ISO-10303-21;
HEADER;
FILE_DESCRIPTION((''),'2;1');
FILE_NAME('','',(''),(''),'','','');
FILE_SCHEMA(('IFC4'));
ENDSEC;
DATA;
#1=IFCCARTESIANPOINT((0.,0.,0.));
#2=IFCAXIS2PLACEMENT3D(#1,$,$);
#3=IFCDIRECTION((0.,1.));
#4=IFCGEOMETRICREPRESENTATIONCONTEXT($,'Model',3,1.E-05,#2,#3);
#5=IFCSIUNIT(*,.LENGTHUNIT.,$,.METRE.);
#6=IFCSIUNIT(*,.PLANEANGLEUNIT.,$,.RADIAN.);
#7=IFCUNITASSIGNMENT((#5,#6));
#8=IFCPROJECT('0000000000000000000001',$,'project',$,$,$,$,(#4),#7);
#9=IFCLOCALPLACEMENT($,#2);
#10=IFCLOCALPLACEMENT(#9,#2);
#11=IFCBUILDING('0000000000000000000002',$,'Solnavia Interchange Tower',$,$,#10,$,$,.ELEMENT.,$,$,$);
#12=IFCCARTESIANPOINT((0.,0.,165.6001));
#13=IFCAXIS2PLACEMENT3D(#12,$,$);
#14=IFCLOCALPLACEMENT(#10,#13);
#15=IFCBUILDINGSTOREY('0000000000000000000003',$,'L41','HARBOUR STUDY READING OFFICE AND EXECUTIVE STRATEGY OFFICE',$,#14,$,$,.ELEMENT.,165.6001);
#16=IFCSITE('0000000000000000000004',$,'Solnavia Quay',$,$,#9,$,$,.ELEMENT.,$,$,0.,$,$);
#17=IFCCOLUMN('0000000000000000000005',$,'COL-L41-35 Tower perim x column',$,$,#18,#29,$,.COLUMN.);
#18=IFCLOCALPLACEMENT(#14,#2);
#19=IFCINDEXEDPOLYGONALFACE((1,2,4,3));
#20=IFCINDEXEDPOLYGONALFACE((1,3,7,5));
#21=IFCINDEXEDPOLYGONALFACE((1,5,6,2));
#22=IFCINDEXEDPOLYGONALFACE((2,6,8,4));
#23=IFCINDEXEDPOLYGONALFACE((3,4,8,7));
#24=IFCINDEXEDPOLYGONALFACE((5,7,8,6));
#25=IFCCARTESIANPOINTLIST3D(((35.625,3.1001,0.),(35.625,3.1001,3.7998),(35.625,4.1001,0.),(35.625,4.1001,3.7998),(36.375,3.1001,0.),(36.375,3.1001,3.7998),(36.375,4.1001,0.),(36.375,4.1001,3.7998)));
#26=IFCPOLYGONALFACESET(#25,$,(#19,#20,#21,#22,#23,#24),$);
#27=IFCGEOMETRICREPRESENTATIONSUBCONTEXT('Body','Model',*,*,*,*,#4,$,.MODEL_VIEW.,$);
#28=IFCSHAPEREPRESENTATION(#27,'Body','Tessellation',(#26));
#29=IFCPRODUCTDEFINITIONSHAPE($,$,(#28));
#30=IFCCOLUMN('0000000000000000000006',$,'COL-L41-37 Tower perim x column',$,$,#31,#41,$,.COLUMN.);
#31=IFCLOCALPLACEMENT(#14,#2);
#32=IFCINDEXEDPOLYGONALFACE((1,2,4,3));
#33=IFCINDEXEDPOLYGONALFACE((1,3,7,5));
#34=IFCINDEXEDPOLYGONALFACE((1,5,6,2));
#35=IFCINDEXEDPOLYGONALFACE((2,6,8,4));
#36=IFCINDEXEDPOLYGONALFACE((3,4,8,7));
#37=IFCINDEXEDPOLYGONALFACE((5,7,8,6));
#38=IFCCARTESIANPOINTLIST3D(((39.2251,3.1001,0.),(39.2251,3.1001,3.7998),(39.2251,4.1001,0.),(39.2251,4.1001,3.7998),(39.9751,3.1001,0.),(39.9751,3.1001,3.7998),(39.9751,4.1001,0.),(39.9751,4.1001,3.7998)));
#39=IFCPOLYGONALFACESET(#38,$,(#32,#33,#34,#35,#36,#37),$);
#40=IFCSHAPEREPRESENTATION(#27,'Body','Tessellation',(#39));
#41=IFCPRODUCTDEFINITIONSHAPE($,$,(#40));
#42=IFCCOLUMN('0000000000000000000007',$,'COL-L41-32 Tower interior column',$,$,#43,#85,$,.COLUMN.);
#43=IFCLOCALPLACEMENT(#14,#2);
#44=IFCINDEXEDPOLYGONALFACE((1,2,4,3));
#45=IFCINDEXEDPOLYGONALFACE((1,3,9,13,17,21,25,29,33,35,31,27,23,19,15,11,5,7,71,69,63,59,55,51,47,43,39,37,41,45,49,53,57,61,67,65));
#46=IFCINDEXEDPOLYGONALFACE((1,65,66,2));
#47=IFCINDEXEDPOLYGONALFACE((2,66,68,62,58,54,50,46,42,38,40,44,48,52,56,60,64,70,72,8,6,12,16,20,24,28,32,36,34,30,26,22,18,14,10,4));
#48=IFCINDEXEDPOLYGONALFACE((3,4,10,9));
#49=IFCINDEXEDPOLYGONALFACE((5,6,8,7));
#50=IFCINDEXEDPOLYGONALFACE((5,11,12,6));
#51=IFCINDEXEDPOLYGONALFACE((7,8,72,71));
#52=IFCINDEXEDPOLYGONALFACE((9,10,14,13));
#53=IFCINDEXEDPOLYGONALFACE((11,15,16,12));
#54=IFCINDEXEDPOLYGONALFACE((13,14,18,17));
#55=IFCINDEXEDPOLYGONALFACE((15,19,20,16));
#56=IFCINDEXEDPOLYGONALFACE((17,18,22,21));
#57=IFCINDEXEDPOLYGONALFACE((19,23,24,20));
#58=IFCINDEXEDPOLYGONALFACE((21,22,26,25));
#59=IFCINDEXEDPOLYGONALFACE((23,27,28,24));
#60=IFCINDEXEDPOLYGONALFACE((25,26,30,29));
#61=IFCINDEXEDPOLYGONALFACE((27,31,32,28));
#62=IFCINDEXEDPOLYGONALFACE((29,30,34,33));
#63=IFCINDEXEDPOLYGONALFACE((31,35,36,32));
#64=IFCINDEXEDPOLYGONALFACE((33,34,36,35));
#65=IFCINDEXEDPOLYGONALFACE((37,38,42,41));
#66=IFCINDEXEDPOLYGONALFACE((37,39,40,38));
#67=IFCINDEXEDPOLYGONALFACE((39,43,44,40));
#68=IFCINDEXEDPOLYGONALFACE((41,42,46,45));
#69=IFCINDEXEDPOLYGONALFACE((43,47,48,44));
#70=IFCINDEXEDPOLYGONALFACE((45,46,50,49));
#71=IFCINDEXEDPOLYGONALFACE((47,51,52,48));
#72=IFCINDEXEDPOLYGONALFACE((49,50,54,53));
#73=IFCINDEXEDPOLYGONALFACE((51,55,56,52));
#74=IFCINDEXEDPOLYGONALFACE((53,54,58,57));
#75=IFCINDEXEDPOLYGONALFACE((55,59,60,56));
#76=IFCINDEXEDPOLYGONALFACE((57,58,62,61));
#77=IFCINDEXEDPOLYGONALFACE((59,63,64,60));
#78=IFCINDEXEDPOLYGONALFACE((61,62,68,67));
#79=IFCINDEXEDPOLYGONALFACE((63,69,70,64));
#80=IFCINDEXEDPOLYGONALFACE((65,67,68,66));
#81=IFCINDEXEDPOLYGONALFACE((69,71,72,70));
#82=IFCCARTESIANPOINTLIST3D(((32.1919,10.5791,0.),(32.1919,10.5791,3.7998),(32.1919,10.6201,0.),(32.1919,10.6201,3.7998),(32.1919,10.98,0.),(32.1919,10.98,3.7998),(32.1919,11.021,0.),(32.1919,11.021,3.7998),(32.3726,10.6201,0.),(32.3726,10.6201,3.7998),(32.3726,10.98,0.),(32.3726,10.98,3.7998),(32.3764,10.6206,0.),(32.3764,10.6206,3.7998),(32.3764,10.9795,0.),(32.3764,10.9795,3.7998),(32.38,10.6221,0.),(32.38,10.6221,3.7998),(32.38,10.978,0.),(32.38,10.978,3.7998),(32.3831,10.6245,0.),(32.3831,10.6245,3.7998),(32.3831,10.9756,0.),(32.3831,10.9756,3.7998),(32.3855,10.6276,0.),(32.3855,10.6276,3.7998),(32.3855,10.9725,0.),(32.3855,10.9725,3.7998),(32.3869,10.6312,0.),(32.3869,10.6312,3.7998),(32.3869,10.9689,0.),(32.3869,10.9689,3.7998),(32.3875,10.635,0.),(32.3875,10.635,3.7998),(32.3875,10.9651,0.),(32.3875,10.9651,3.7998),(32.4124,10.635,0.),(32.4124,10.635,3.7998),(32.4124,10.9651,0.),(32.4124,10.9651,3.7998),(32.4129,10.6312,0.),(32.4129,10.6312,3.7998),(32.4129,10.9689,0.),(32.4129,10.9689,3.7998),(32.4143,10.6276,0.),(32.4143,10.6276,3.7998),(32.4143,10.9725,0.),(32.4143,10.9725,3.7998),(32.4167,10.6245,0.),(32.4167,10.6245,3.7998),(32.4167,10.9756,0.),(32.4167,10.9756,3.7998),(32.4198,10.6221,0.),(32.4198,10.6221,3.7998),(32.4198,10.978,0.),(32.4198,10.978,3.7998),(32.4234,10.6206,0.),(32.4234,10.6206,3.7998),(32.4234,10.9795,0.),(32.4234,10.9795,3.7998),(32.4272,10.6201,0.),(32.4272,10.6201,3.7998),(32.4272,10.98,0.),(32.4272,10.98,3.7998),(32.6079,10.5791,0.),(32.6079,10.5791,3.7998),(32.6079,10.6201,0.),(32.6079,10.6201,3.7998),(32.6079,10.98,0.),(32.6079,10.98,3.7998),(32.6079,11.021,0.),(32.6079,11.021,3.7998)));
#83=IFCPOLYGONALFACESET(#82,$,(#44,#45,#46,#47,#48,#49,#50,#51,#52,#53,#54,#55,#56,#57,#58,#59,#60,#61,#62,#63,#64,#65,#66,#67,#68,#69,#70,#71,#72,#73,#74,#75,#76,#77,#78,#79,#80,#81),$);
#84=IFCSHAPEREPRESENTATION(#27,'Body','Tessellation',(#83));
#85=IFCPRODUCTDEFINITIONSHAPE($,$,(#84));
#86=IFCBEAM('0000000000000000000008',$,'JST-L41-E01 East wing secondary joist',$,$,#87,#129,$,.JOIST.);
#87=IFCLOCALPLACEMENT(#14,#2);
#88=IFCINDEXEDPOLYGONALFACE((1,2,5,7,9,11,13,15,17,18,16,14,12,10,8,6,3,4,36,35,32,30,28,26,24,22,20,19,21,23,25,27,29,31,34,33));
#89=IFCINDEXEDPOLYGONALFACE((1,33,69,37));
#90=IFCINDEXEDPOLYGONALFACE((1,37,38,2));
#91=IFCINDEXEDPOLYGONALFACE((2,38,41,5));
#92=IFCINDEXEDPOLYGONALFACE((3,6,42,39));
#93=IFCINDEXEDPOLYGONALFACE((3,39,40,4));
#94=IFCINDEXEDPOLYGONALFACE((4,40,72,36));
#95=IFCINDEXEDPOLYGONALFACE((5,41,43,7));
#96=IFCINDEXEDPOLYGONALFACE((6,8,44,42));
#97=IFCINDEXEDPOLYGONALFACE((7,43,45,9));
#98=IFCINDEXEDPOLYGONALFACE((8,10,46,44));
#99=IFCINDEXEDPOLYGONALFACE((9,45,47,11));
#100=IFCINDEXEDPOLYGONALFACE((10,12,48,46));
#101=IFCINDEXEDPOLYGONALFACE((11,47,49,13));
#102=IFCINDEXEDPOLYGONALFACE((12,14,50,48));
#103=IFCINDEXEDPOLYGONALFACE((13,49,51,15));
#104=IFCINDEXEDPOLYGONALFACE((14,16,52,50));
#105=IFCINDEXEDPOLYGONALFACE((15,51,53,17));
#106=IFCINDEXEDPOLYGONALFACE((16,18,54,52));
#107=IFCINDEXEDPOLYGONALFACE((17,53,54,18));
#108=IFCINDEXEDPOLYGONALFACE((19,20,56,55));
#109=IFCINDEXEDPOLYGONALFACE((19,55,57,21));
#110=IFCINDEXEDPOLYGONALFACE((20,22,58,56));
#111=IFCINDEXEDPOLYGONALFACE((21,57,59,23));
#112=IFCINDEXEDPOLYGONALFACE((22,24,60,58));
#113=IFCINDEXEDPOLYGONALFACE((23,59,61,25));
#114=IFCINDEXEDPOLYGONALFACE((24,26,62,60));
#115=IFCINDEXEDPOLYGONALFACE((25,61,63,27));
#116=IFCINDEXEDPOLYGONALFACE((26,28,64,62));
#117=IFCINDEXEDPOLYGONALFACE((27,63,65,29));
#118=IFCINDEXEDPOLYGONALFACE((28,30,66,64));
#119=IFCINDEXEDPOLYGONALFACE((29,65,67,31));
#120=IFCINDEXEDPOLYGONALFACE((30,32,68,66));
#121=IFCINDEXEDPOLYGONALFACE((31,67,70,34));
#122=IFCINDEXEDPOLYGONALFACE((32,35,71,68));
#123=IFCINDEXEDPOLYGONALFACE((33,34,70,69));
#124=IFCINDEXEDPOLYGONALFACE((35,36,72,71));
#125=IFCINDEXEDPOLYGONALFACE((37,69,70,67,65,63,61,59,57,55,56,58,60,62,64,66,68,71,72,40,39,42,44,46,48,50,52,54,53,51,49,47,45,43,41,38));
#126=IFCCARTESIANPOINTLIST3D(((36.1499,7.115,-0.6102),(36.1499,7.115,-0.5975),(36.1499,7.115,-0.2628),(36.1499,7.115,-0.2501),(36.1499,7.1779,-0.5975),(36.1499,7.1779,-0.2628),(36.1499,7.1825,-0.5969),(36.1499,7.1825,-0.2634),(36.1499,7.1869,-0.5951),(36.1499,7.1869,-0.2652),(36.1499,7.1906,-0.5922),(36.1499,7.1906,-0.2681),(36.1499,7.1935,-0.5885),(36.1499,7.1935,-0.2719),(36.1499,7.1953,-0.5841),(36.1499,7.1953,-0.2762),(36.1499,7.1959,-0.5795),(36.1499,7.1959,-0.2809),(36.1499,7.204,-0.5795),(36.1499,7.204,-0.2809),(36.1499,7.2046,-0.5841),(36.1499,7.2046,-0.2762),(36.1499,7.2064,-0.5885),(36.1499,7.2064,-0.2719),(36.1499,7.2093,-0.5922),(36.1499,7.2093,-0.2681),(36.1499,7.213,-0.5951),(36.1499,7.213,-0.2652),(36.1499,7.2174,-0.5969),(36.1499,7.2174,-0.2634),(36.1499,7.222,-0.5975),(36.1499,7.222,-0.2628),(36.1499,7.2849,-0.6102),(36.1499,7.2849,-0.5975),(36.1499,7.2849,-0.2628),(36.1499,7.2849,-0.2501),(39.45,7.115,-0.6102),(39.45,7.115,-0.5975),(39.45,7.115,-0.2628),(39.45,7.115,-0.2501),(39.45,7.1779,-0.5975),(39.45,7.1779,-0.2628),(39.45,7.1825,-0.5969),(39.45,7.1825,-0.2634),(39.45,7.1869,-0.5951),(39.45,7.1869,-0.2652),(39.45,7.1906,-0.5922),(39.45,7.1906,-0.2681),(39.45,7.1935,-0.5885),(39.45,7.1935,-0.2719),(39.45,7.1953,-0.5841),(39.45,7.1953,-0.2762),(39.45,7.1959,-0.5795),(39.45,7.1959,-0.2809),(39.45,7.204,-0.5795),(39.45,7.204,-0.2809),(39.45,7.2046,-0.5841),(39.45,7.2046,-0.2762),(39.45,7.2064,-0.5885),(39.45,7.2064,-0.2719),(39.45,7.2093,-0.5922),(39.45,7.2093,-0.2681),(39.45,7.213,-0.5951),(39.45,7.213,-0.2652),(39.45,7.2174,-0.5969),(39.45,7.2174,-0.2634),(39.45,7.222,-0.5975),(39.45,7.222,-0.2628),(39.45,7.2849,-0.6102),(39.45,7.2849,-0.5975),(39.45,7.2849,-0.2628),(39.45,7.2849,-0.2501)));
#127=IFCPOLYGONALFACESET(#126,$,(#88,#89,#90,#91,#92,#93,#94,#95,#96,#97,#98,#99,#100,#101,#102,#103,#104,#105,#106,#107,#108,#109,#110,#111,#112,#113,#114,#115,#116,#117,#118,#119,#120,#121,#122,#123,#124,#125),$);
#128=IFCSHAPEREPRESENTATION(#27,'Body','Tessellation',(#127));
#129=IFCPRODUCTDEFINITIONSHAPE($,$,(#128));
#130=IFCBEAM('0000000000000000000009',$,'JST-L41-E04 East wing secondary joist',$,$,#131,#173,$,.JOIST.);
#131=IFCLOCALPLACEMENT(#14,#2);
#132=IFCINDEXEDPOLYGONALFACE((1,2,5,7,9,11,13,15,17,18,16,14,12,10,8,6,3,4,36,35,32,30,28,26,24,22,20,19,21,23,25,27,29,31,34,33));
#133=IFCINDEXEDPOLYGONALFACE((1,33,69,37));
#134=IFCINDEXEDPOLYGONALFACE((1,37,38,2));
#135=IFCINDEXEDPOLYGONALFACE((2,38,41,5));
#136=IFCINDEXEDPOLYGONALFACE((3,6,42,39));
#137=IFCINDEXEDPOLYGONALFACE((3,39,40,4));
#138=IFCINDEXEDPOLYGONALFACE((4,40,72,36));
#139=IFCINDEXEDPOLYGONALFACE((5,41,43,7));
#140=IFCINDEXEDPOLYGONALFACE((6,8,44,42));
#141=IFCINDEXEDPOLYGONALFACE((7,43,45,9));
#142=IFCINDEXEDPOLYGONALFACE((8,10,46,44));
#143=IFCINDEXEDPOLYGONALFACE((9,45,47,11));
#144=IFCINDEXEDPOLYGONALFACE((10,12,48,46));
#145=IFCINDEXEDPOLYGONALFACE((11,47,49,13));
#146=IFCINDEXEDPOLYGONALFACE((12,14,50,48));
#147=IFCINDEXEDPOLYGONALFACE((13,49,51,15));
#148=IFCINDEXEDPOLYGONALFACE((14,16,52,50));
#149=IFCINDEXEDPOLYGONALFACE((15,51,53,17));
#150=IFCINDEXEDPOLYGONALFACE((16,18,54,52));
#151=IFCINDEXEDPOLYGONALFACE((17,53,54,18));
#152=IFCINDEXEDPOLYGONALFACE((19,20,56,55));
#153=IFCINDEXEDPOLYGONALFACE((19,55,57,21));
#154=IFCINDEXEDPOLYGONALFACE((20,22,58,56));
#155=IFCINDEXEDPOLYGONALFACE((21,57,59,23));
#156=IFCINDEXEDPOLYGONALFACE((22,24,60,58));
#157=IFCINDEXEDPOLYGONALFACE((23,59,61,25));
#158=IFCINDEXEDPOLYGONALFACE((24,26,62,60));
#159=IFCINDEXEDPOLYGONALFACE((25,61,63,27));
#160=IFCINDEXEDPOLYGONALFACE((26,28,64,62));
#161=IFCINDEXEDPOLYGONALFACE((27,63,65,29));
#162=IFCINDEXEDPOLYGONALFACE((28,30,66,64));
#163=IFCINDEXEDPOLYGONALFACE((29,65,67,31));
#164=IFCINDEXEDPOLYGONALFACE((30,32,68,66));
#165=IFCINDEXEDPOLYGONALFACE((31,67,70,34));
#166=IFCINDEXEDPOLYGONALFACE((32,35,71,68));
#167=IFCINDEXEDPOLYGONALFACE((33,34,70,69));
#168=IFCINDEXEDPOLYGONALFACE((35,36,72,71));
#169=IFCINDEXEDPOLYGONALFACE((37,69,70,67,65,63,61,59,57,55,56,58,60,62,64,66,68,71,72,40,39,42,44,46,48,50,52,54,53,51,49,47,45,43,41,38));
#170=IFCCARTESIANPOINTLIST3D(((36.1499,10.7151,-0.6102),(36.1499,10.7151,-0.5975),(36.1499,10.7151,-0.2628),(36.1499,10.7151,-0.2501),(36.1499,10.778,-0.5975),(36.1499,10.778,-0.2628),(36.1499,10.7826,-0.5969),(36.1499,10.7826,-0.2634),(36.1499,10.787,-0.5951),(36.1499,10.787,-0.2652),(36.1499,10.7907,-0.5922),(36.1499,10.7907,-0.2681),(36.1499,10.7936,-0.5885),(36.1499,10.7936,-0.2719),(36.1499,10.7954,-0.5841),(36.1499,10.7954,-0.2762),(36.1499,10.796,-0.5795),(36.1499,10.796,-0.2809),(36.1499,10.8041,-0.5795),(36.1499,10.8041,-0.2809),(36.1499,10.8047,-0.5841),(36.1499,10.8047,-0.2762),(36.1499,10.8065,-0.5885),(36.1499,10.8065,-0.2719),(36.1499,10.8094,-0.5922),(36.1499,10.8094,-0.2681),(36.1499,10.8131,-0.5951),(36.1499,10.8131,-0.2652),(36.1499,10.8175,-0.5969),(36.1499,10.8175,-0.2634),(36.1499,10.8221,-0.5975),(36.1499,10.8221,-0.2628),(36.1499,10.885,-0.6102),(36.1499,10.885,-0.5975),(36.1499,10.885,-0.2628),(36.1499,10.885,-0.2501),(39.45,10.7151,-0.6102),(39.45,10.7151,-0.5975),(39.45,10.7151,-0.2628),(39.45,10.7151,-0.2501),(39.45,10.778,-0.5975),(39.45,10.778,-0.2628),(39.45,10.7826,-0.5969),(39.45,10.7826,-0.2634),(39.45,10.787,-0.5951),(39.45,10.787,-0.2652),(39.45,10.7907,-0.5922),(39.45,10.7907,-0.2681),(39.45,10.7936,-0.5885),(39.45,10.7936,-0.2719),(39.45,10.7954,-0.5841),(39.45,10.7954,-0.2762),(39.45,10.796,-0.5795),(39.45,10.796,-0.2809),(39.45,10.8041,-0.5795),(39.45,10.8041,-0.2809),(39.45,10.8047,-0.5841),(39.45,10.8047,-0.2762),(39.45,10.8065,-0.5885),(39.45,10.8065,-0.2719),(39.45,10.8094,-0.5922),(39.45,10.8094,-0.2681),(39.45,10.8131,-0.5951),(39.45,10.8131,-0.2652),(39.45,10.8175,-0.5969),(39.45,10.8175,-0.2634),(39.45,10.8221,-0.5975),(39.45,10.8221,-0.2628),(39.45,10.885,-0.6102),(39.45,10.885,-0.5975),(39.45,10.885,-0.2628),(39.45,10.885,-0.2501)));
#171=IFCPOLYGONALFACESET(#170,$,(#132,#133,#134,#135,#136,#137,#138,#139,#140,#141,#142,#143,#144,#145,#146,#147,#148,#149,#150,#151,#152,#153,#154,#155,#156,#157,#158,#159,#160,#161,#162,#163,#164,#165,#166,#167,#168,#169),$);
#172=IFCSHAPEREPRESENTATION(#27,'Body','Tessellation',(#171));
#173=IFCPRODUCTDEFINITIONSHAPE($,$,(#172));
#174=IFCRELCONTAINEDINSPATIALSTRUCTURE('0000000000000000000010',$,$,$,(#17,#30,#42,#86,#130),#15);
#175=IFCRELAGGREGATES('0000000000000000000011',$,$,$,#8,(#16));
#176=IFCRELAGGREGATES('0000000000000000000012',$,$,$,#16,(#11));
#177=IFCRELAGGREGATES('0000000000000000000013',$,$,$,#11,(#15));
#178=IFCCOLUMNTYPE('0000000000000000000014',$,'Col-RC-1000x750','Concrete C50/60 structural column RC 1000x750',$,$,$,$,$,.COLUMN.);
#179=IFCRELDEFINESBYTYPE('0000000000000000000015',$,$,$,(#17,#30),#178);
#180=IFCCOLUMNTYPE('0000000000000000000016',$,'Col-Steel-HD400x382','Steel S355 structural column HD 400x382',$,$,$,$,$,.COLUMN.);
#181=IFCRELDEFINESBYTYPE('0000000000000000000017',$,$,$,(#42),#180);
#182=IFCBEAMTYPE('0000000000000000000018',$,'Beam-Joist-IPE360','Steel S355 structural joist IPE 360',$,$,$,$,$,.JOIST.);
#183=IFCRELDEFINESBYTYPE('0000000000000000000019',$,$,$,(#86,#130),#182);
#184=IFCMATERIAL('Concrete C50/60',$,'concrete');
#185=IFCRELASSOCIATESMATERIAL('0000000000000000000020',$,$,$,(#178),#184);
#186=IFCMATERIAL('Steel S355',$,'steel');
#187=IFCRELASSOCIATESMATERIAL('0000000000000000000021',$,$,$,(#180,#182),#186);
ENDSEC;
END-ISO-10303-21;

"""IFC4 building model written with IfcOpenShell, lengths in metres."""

from ifc_helpers import new_model, si_unit, direction, frame, origin, origin_2d, place, context, subcontext, project, spatial, rectangle, i_section, extrude, material, material_profile, profile_set, type_object, element, save


model = new_model("IFC4")

# Units and contexts
model_context = context("Model", 3, precision=1e-05, world=origin(), true_north=direction((0.0, 1.0)))
body_context = subcontext(model_context, "Body", "Model", "MODEL_VIEW")
ifc_project = project(units=[si_unit("LENGTHUNIT", "METRE"), si_unit("PLANEANGLEUNIT", "RADIAN")], contexts=[model_context])

# Site, building, storey
site_placement = place(None, origin())
site = spatial("IfcSite", under=ifc_project, at=site_placement, Name="Solnavia Quay", CompositionType="ELEMENT", RefElevation=0.0)
building_placement = place(site_placement, origin())
building = spatial("IfcBuilding", under=site, at=building_placement, Name="Solnavia Interchange Tower", CompositionType="ELEMENT")
storey_placement = place(building_placement, frame((0.0, 0.0, 165.6001)))
storey = spatial("IfcBuildingStorey", under=building, at=storey_placement, Name="L41", Description="HARBOUR STUDY READING OFFICE AND EXECUTIVE STRATEGY OFFICE", CompositionType="ELEMENT", Elevation=165.6001)

# Columns
ifc_material_1 = material(Name="Concrete C50/60", Category="concrete")
ifc_material_profile_1 = material_profile(ifc_material_1, rectangle(XDim=0.75, YDim=1.0, at=origin_2d()), Name="RC 1000x750")
ifc_profile_set_1 = profile_set([ifc_material_profile_1], Name="Concrete C50/60")
column_type_1 = type_object("IfcColumnType", Name="Col-RC-1000x750", Description="Concrete C50/60 structural column RC 1000x750", PredefinedType="COLUMN", material=ifc_profile_set_1)
for number, where, z_axis, x_axis, name in (
    (1, (36.0, 3.6001, 0.0), (0.0, 0.0, 1.0), (1.0, 0.0, 0.0), "COL-L41-35 Tower perim x column"),
    (2, (39.6001, 3.6001, 0.0), (0.0, 0.0, 1.0), (1.0, 0.0, 0.0), "COL-L41-37 Tower perim x column"),
):
    element("IfcColumn", number, at=place(storey_placement, frame(where, z_axis=z_axis, x_axis=x_axis)), inside=storey, type_object=column_type_1, Name=name, PredefinedType="COLUMN", context=body_context, shape_type="SweptSolid", body=[
        extrude(rectangle(XDim=0.75, YDim=1.0, at=origin_2d()), origin(), (0.0, 0.0, 1.0), 3.7998),
    ])
ifc_material_2 = material(Name="Steel S355", Category="steel")
ifc_material_profile_2 = material_profile(ifc_material_2, i_section(OverallWidth=0.416, OverallDepth=0.4419, WebThickness=0.0249, FlangeThickness=0.041, FilletRadius=0.0149, at=origin_2d()), Name="HD 400x382")
ifc_profile_set_2 = profile_set([ifc_material_profile_2], Name="Steel S355")
column_type_2 = type_object("IfcColumnType", Name="Col-Steel-HD400x382", Description="Steel S355 structural column HD 400x382", PredefinedType="COLUMN", material=ifc_profile_set_2)
column_placement = place(storey_placement, frame((32.3999, 10.8, 0.0), z_axis=(0.0, 0.0, 1.0), x_axis=(1.0, 0.0, 0.0)))
element("IfcColumn", 3, at=column_placement, inside=storey, type_object=column_type_2, Name="COL-L41-32 Tower interior column", PredefinedType="COLUMN", context=body_context, shape_type="SweptSolid", body=[
    extrude(i_section(OverallWidth=0.416, OverallDepth=0.4419, WebThickness=0.0249, FlangeThickness=0.041, FilletRadius=0.0149, at=origin_2d()), origin(), (0.0, 0.0, 1.0), 3.7998),
])

# Beams
ifc_material_profile_3 = material_profile(ifc_material_2, i_section(OverallWidth=0.1699, OverallDepth=0.3601, WebThickness=0.0081, FlangeThickness=0.0127, FilletRadius=0.0181, at=origin_2d()), Name="IPE 360")
ifc_profile_set_3 = profile_set([ifc_material_profile_3], Name="Steel S355")
beam_type_1 = type_object("IfcBeamType", Name="Beam-Joist-IPE360", Description="Steel S355 structural joist IPE 360", PredefinedType="JOIST", material=ifc_profile_set_3)
for number, where, z_axis, x_axis, name in (
    (4, (36.1499, 7.2, -0.4302), (1.0, 0.0, 0.0), (0.0, 1.0, 0.0), "JST-L41-E01 East wing secondary joist"),
    (5, (36.1499, 10.8, -0.4302), (1.0, 0.0, 0.0), (0.0, 1.0, 0.0), "JST-L41-E04 East wing secondary joist"),
):
    element("IfcBeam", number, at=place(storey_placement, frame(where, z_axis=z_axis, x_axis=x_axis)), inside=storey, type_object=beam_type_1, Name=name, PredefinedType="JOIST", context=body_context, shape_type="SweptSolid", body=[
        extrude(i_section(OverallWidth=0.1699, OverallDepth=0.3601, WebThickness=0.0081, FlangeThickness=0.0127, FilletRadius=0.0181, at=origin_2d()), origin(), (0.0, 0.0, 1.0), 3.3),
    ])

save(model, "model.ifc")
